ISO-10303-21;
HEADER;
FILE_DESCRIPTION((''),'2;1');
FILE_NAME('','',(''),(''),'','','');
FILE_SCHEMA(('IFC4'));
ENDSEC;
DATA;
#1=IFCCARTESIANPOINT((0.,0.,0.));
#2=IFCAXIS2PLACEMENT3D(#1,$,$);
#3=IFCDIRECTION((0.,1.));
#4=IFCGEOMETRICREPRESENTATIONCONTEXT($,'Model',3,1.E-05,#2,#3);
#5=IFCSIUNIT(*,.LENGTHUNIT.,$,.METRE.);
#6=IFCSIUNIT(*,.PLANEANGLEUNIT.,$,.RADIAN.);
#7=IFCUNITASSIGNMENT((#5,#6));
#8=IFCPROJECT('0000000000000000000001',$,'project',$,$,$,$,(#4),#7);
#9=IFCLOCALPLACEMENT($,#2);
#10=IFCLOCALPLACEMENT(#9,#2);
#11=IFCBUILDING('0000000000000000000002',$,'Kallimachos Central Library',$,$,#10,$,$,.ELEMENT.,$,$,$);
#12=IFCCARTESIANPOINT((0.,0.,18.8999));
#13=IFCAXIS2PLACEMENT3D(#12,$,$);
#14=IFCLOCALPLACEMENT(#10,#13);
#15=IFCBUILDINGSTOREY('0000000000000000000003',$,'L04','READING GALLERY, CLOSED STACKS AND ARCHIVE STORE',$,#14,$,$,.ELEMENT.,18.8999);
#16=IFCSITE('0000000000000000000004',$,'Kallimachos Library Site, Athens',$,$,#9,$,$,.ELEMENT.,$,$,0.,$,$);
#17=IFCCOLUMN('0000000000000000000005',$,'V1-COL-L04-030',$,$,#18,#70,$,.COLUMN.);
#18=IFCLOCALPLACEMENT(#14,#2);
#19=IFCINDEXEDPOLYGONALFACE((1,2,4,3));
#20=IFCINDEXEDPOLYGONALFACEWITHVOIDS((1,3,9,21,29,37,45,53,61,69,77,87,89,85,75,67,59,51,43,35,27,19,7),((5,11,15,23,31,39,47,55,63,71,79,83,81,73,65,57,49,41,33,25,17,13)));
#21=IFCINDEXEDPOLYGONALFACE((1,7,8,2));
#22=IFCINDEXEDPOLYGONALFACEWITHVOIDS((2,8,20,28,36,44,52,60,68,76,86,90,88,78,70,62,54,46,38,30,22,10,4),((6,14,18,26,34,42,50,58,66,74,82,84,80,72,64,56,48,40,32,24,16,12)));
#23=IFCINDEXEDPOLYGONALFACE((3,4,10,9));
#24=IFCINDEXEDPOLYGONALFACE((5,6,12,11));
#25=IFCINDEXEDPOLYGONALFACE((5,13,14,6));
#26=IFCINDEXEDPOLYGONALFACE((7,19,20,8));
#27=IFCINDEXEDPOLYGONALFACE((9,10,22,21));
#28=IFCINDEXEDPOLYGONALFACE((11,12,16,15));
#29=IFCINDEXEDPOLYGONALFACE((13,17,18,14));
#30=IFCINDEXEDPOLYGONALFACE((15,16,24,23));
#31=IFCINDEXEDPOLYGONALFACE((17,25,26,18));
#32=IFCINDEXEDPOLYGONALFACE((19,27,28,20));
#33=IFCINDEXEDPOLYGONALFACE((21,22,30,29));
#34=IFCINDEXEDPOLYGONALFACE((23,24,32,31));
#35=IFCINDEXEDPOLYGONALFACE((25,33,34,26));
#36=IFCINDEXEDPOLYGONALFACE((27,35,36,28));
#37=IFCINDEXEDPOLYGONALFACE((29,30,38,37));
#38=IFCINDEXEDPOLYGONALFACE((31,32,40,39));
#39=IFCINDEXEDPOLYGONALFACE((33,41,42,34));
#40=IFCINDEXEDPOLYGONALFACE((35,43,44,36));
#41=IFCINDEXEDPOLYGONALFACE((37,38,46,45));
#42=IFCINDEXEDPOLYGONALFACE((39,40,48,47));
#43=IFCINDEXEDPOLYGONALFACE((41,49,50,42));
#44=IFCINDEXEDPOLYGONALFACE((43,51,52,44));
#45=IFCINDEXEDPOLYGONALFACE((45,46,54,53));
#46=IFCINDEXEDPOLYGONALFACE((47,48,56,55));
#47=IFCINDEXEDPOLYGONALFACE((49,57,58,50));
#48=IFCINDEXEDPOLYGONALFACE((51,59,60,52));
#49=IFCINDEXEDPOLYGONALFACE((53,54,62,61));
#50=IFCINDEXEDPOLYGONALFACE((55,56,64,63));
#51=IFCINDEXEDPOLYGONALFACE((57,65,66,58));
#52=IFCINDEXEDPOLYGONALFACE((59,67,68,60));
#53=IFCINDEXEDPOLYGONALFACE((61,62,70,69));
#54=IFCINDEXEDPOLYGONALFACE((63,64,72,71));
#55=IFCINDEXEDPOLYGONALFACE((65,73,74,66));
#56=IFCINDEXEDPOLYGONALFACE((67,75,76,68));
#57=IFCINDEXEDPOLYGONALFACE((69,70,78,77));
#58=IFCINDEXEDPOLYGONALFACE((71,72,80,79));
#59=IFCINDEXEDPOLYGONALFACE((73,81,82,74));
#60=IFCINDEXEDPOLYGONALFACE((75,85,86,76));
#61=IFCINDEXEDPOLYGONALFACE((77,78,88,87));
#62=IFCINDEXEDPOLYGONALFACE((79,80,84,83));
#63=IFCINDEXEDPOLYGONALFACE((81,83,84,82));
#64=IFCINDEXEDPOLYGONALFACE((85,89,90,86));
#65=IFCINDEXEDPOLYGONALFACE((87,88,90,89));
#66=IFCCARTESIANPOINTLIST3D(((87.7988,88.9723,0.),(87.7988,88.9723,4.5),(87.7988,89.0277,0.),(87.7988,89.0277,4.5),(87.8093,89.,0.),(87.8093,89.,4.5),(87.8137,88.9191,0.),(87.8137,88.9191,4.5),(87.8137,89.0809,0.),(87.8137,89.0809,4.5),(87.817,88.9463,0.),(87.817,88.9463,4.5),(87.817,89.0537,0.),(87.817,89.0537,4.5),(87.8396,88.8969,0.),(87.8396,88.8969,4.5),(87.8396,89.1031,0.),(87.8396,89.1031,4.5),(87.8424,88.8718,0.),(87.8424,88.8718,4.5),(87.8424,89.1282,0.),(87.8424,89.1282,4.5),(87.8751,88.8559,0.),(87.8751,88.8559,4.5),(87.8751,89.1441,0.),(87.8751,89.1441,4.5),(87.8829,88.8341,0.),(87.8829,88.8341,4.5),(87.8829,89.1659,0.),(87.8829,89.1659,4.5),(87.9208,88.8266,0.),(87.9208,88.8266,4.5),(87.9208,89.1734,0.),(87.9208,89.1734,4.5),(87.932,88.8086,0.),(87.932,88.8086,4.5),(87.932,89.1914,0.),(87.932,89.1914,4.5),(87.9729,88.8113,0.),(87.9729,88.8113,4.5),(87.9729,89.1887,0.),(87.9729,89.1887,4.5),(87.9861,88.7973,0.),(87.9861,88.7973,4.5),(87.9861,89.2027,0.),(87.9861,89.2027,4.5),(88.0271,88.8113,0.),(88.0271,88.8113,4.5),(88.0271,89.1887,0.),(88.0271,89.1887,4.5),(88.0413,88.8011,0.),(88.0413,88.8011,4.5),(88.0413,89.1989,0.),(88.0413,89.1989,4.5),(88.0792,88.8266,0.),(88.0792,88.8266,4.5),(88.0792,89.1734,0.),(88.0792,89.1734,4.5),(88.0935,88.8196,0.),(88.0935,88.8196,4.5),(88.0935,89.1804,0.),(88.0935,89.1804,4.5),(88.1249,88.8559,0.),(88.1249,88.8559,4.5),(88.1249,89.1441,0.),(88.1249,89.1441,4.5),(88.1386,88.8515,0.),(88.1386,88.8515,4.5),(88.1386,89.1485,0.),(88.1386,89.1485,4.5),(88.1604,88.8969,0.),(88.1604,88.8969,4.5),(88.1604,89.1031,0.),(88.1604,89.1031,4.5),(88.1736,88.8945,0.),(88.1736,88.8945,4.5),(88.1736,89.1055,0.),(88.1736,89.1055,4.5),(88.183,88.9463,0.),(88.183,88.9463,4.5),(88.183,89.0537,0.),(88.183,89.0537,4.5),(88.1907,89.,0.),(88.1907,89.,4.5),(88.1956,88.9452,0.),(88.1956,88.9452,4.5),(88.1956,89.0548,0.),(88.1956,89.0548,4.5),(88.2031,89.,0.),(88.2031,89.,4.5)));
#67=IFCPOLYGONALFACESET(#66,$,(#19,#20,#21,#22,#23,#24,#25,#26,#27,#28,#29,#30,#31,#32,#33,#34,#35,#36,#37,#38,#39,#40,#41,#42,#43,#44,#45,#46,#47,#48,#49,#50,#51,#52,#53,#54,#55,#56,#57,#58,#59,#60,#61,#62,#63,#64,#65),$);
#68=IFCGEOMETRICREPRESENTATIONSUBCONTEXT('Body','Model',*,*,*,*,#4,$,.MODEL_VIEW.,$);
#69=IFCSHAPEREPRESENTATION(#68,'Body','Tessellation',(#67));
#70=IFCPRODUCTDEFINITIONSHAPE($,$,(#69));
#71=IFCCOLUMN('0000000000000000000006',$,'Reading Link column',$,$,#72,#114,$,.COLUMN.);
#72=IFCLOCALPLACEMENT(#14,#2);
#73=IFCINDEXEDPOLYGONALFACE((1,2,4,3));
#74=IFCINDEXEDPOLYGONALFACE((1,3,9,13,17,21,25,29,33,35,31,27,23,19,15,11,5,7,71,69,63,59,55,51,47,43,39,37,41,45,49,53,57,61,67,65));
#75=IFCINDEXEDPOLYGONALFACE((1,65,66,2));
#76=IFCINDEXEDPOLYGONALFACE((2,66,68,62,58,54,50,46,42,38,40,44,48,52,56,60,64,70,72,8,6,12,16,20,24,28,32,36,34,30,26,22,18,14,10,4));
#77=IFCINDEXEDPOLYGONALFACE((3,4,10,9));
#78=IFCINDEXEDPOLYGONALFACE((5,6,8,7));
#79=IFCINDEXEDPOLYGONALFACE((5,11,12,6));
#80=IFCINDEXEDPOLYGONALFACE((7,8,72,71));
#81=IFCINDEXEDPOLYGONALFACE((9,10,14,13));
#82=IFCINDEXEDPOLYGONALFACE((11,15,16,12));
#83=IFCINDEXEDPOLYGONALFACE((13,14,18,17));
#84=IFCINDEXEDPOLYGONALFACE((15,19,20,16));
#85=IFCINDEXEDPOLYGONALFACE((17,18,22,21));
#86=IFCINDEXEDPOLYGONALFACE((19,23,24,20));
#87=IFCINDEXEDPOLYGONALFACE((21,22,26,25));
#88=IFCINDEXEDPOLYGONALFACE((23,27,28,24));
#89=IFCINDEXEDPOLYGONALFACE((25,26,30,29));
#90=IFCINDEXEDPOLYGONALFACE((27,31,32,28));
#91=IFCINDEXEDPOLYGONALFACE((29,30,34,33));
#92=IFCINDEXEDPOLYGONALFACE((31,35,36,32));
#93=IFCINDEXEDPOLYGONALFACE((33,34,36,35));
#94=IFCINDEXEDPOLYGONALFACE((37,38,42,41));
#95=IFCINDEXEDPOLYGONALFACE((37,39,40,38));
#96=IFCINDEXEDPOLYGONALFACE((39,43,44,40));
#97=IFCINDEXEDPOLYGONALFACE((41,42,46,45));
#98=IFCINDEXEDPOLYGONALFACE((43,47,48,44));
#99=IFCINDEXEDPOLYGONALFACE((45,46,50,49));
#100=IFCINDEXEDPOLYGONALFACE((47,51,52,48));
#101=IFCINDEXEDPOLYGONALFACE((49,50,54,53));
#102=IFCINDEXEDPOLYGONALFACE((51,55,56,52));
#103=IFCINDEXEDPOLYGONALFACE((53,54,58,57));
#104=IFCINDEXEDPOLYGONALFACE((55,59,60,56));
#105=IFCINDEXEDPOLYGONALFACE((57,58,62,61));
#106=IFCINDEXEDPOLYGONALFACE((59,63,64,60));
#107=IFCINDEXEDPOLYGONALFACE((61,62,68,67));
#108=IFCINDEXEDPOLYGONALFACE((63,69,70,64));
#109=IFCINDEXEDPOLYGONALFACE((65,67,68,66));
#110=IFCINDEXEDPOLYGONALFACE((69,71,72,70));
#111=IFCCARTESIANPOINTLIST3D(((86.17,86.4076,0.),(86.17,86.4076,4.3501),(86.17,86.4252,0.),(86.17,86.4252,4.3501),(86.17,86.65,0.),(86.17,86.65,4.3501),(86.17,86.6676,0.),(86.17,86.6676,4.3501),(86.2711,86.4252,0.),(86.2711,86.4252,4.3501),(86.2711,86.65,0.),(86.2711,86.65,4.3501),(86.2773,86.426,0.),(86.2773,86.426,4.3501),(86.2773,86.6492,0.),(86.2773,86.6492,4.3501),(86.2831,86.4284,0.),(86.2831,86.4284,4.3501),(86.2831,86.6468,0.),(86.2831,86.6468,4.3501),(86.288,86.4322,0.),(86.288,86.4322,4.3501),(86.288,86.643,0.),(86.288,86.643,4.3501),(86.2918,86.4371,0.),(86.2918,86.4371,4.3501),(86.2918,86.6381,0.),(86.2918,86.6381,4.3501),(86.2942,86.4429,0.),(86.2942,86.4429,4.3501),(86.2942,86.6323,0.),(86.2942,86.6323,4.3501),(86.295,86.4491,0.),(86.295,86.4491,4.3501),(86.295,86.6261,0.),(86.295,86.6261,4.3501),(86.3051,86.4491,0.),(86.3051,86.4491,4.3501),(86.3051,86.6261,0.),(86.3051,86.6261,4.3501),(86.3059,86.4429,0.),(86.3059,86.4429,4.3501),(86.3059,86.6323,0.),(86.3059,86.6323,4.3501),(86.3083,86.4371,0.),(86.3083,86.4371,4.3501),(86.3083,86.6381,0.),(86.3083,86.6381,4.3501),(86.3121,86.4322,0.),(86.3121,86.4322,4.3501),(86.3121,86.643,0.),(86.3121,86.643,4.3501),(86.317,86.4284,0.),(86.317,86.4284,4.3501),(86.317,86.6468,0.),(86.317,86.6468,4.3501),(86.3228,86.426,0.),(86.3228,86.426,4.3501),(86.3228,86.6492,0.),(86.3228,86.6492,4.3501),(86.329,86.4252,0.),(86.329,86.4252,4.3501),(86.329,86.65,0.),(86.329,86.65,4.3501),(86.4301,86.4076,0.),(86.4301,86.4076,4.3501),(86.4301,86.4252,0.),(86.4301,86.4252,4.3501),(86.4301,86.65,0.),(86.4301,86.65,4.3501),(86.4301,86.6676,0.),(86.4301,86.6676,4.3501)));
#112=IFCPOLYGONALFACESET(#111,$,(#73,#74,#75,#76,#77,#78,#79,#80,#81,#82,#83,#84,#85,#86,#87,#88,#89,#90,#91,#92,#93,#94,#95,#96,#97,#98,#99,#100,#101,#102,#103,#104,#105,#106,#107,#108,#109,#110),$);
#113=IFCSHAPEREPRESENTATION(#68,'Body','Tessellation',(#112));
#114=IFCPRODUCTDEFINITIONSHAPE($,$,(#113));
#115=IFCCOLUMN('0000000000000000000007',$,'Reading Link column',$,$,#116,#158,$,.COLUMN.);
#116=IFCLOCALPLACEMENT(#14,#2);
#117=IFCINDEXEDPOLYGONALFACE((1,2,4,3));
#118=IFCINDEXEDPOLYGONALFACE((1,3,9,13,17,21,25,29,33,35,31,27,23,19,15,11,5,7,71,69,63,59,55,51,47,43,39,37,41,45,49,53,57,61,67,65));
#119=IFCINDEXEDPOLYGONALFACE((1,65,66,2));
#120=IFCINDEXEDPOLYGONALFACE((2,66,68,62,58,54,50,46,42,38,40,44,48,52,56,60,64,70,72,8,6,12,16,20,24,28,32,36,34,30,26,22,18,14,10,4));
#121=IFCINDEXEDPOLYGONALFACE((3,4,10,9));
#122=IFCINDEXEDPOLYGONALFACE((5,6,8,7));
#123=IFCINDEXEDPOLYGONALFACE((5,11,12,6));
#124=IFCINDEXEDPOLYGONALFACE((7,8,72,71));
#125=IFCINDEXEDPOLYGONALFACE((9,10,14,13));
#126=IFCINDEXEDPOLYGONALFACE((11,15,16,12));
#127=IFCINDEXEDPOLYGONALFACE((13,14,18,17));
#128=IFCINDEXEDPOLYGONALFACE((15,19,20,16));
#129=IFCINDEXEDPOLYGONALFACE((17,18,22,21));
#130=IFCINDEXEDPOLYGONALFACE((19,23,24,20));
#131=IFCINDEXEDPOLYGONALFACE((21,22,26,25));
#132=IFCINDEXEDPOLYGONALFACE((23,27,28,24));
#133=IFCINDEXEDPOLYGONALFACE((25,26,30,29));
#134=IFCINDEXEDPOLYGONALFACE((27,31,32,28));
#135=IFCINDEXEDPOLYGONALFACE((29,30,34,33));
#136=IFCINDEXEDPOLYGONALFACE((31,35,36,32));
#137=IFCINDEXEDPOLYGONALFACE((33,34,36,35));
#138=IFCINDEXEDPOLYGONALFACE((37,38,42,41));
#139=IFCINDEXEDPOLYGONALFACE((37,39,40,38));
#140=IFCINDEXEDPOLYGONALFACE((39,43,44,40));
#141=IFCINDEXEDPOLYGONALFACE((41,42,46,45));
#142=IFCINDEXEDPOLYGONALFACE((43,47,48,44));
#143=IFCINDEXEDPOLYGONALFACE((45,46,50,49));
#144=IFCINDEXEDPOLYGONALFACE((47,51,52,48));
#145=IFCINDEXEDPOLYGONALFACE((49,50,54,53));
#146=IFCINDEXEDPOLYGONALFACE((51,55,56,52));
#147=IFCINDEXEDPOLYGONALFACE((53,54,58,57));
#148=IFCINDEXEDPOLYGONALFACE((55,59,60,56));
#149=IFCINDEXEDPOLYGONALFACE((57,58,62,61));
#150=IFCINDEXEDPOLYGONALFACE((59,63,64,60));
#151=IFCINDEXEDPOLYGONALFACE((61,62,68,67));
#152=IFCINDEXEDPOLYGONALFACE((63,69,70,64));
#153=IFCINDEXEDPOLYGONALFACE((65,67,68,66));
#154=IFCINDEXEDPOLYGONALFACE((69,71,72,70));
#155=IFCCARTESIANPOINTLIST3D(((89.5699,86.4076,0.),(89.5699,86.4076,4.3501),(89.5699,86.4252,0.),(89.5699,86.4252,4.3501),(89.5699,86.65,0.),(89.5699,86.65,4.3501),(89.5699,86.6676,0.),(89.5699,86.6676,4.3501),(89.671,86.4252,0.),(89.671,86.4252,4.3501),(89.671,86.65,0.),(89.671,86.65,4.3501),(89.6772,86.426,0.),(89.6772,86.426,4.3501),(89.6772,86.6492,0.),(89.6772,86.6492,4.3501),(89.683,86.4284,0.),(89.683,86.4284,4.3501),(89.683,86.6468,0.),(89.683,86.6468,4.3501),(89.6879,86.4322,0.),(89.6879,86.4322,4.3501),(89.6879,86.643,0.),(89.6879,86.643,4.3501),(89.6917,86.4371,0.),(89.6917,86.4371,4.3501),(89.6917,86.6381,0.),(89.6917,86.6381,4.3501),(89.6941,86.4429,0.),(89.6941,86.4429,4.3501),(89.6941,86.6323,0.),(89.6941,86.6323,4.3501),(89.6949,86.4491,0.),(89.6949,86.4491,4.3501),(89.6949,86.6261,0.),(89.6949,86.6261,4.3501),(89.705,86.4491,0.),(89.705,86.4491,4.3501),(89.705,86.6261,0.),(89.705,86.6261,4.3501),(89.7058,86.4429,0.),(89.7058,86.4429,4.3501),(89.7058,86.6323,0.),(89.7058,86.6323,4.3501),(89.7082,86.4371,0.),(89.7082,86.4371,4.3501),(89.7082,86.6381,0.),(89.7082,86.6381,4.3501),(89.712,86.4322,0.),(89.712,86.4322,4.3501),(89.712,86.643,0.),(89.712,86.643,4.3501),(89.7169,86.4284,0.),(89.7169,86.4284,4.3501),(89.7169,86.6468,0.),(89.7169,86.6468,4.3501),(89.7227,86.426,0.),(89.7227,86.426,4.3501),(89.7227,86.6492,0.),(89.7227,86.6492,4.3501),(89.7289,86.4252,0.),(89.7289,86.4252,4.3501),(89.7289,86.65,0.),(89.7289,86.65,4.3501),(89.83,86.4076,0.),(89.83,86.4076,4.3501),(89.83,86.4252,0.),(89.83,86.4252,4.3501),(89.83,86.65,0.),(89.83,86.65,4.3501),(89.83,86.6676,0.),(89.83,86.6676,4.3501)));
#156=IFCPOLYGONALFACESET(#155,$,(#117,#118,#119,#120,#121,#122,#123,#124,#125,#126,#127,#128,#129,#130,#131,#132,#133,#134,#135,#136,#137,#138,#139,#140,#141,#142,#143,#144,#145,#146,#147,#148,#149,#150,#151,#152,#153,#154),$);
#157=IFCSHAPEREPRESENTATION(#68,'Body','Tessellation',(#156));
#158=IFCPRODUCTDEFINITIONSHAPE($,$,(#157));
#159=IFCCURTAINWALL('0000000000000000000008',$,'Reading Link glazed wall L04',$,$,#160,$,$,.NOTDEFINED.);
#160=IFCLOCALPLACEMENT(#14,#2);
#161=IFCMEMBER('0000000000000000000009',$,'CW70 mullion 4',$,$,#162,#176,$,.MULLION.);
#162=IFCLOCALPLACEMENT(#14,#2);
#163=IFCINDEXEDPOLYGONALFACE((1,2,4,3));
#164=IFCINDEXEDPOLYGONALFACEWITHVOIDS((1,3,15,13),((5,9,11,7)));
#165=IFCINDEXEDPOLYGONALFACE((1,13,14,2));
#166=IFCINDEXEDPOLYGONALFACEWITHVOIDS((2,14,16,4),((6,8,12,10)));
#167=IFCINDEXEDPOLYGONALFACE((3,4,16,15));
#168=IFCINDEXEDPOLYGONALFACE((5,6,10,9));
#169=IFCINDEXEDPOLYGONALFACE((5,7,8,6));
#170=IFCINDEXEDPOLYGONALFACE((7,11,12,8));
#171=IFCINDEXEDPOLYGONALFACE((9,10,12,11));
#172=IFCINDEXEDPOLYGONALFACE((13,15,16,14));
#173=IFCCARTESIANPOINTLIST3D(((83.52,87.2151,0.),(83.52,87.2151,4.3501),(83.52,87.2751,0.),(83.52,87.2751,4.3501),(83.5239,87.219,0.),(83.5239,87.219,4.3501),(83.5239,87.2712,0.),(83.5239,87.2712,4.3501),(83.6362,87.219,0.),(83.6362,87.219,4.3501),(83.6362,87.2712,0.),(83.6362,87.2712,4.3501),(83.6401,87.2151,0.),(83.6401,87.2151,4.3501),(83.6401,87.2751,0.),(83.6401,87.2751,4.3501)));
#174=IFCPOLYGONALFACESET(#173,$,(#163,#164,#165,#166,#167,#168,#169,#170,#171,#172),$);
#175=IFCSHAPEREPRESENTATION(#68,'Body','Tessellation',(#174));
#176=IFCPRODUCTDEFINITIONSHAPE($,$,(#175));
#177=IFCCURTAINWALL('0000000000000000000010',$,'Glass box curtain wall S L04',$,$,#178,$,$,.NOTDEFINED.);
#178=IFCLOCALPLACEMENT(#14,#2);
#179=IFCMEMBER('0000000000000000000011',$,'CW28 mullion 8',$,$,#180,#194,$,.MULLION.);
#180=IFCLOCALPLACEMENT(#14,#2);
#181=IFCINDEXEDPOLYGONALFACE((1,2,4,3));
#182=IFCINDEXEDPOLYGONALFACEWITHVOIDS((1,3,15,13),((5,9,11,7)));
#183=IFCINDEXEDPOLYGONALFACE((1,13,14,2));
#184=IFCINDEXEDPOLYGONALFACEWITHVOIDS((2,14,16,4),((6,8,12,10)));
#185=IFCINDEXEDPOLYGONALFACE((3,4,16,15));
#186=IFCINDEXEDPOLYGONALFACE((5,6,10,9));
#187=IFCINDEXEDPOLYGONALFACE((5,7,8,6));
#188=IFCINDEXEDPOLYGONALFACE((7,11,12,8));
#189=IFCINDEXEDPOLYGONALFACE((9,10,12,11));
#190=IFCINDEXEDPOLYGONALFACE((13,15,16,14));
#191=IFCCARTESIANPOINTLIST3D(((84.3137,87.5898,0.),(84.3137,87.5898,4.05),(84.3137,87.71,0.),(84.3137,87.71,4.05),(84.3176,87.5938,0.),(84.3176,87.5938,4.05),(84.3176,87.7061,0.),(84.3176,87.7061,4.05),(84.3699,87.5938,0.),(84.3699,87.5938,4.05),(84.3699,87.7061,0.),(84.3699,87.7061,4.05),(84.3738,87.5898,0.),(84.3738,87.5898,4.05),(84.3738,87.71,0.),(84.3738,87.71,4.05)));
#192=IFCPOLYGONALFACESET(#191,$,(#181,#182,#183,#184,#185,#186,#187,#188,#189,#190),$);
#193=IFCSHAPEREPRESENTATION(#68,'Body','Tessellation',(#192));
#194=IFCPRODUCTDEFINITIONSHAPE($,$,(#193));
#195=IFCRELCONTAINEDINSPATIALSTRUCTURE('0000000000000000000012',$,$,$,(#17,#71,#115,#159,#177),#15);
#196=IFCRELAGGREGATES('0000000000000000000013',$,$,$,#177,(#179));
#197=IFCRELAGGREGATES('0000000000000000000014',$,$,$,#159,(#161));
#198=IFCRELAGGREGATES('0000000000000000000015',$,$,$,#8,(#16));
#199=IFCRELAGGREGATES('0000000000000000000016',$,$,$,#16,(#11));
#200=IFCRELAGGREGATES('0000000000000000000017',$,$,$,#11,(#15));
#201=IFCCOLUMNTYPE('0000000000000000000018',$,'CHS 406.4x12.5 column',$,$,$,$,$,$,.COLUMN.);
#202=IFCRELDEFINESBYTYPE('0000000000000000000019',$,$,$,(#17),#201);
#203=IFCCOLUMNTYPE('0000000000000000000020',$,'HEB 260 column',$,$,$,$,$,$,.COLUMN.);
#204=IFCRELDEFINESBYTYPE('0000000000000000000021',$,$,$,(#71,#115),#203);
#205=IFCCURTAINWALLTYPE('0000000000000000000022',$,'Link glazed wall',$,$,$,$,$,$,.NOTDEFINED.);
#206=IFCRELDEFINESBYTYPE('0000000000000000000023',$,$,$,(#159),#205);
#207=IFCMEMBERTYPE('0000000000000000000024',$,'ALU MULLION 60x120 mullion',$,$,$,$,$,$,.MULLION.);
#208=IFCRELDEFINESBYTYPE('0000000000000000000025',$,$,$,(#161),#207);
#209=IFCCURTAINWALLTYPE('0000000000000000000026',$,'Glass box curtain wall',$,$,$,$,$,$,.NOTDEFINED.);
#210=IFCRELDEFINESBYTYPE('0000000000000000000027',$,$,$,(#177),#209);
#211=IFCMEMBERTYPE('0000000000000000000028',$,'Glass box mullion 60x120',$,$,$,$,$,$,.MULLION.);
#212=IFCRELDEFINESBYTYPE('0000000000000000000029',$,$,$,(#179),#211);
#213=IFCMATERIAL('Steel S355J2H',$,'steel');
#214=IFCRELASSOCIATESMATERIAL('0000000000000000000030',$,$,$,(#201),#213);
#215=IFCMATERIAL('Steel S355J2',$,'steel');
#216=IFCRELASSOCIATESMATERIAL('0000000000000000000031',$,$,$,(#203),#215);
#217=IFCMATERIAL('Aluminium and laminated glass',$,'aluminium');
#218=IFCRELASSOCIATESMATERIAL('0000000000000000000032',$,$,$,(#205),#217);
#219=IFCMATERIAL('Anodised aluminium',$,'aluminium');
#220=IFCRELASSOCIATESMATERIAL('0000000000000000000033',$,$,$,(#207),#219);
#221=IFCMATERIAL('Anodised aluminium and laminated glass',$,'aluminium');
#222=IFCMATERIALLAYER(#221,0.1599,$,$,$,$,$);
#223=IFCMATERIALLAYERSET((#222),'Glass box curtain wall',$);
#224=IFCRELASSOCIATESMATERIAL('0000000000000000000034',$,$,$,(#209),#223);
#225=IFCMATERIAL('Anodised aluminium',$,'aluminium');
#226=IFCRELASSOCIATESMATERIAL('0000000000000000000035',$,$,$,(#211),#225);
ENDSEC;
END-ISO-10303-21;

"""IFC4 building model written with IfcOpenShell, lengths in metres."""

from ifc_helpers import new_model, si_unit, direction, frame, origin, origin_2d, place, context, subcontext, project, spatial, hollow_rectangle, hollow_circle, i_section, extrude, material, layer, layer_set, material_profile, profile_set, type_object, element, aggregate, save


model = new_model("IFC4")

# Units and contexts
model_context = context("Model", 3, precision=1e-05, world=origin(), true_north=direction((0.0, 1.0)))
body_context = subcontext(model_context, "Body", "Model", "MODEL_VIEW")
ifc_project = project(units=[si_unit("LENGTHUNIT", "METRE"), si_unit("PLANEANGLEUNIT", "RADIAN")], contexts=[model_context])

# Site, building, storey
site_placement = place(None, origin())
site = spatial("IfcSite", under=ifc_project, at=site_placement, Name="Kallimachos Library Site, Athens", CompositionType="ELEMENT", RefElevation=0.0)
building_placement = place(site_placement, origin())
building = spatial("IfcBuilding", under=site, at=building_placement, Name="Kallimachos Central Library", CompositionType="ELEMENT")
storey_placement = place(building_placement, frame((0.0, 0.0, 18.8999)))
storey = spatial("IfcBuildingStorey", under=building, at=storey_placement, Name="L04", Description="READING GALLERY, CLOSED STACKS AND ARCHIVE STORE", CompositionType="ELEMENT", Elevation=18.8999)

# Columns
ifc_material_1 = material(Name="Steel S355J2H", Category="steel")
ifc_material_profile_1 = material_profile(ifc_material_1, hollow_circle(Radius=0.2031, WallThickness=0.0125, at=origin_2d()), Name="CHS 406.4x12.5")
ifc_profile_set_1 = profile_set([ifc_material_profile_1], Name="Steel S355J2H")
column_type_1 = type_object("IfcColumnType", Name="CHS 406.4x12.5 column", PredefinedType="COLUMN", material=ifc_profile_set_1)
column_placement = place(storey_placement, frame((88.0, 89.0, 0.0), z_axis=(0.0, 0.0, 1.0), x_axis=(1.0, 0.0, 0.0)))
element("IfcColumn", 1, at=column_placement, inside=storey, type_object=column_type_1, Name="V1-COL-L04-030", PredefinedType="COLUMN", context=body_context, shape_type="SweptSolid", body=[
    extrude(hollow_circle(Radius=0.2031, WallThickness=0.0125, at=origin_2d()), origin(), (0.0, 0.0, 1.0), 4.5),
])
ifc_material_2 = material(Name="Steel S355J2", Category="steel")
ifc_material_profile_2 = material_profile(ifc_material_2, i_section(OverallWidth=0.26, OverallDepth=0.26, WebThickness=0.01, FlangeThickness=0.0176, FilletRadius=0.0239, at=origin_2d()), Name="HEB 260")
ifc_profile_set_2 = profile_set([ifc_material_profile_2], Name="Steel S355J2")
column_type_2 = type_object("IfcColumnType", Name="HEB 260 column", PredefinedType="COLUMN", material=ifc_profile_set_2)
for number, where, z_axis, x_axis, name in (
    (2, (86.3, 86.5376, 0.0), (0.0, 0.0, 1.0), (1.0, 0.0, 0.0), "Reading Link column"),
    (3, (89.7, 86.5376, 0.0), (0.0, 0.0, 1.0), (1.0, 0.0, 0.0), "Reading Link column"),
):
    element("IfcColumn", number, at=place(storey_placement, frame(where, z_axis=z_axis, x_axis=x_axis)), inside=storey, type_object=column_type_2, Name=name, PredefinedType="COLUMN", context=body_context, shape_type="SweptSolid", body=[
        extrude(i_section(OverallWidth=0.26, OverallDepth=0.26, WebThickness=0.01, FlangeThickness=0.0176, FilletRadius=0.0239, at=origin_2d()), origin(), (0.0, 0.0, 1.0), 4.3501),
    ])

# Curtain wall, member
ifc_material_3 = material(Name="Aluminium and laminated glass", Category="aluminium")
curtain_wall_type_1 = type_object("IfcCurtainWallType", Name="Link glazed wall", PredefinedType="NOTDEFINED", material=ifc_material_3)
curtain_wall_1_placement = place(storey_placement, origin())
curtain_wall_1 = element("IfcCurtainWall", 4, at=curtain_wall_1_placement, inside=storey, type_object=curtain_wall_type_1, Name="Reading Link glazed wall L04", PredefinedType="NOTDEFINED")
ifc_material_4 = material(Name="Anodised aluminium", Category="aluminium")
ifc_material_profile_3 = material_profile(ifc_material_4, hollow_rectangle(XDim=0.0601, YDim=0.1201, WallThickness=0.0039, at=origin_2d()), Name="ALU MULLION 60x120")
ifc_profile_set_3 = profile_set([ifc_material_profile_3], Name="Anodised aluminium")
member_type_1 = type_object("IfcMemberType", Name="ALU MULLION 60x120 mullion", PredefinedType="MULLION", material=ifc_profile_set_3)
member_1_placement = place(storey_placement, frame((83.5801, 87.2451, 0.0), z_axis=(0.0, 0.0, 1.0), x_axis=(0.0, 1.0, 0.0)))
member_1 = element("IfcMember", 5, at=member_1_placement, type_object=member_type_1, Name="CW70 mullion 4", PredefinedType="MULLION", context=body_context, shape_type="SweptSolid", body=[
    extrude(hollow_rectangle(XDim=0.0601, YDim=0.1201, WallThickness=0.0039, at=origin_2d()), origin(), (0.0, 0.0, 1.0), 4.3501),
])

# Curtain wall, member
ifc_material_5 = material(Name="Anodised aluminium and laminated glass", Category="aluminium")
ifc_layer_1 = layer(ifc_material_5, 0.1599)
ifc_layer_set_1 = layer_set([ifc_layer_1], Name="Glass box curtain wall")
curtain_wall_type_2 = type_object("IfcCurtainWallType", Name="Glass box curtain wall", PredefinedType="NOTDEFINED", material=ifc_layer_set_1)
curtain_wall_2_placement = place(storey_placement, origin())
curtain_wall_2 = element("IfcCurtainWall", 6, at=curtain_wall_2_placement, inside=storey, type_object=curtain_wall_type_2, Name="Glass box curtain wall S L04", PredefinedType="NOTDEFINED")
ifc_material_6 = material(Name="Anodised aluminium", Category="aluminium")
ifc_material_profile_4 = material_profile(ifc_material_6, hollow_rectangle(XDim=0.0601, YDim=0.1201, WallThickness=0.0039, at=origin_2d()), Name="ALU MULLION 60x120")
ifc_profile_set_4 = profile_set([ifc_material_profile_4], Name="Anodised aluminium")
member_type_2 = type_object("IfcMemberType", Name="Glass box mullion 60x120", PredefinedType="MULLION", material=ifc_profile_set_4)
member_2_placement = place(storey_placement, frame((84.3438, 87.6499, 0.0), z_axis=(0.0, 0.0, 1.0), x_axis=(1.0, 0.0, 0.0)))
member_2 = element("IfcMember", 7, at=member_2_placement, type_object=member_type_2, Name="CW28 mullion 8", PredefinedType="MULLION", context=body_context, shape_type="SweptSolid", body=[
    extrude(hollow_rectangle(XDim=0.0601, YDim=0.1201, WallThickness=0.0039, at=origin_2d()), origin(), (0.0, 0.0, 1.0), 4.05),
])

aggregate(curtain_wall_2, [member_2])
aggregate(curtain_wall_1, [member_1])

save(model, "model.ifc")
